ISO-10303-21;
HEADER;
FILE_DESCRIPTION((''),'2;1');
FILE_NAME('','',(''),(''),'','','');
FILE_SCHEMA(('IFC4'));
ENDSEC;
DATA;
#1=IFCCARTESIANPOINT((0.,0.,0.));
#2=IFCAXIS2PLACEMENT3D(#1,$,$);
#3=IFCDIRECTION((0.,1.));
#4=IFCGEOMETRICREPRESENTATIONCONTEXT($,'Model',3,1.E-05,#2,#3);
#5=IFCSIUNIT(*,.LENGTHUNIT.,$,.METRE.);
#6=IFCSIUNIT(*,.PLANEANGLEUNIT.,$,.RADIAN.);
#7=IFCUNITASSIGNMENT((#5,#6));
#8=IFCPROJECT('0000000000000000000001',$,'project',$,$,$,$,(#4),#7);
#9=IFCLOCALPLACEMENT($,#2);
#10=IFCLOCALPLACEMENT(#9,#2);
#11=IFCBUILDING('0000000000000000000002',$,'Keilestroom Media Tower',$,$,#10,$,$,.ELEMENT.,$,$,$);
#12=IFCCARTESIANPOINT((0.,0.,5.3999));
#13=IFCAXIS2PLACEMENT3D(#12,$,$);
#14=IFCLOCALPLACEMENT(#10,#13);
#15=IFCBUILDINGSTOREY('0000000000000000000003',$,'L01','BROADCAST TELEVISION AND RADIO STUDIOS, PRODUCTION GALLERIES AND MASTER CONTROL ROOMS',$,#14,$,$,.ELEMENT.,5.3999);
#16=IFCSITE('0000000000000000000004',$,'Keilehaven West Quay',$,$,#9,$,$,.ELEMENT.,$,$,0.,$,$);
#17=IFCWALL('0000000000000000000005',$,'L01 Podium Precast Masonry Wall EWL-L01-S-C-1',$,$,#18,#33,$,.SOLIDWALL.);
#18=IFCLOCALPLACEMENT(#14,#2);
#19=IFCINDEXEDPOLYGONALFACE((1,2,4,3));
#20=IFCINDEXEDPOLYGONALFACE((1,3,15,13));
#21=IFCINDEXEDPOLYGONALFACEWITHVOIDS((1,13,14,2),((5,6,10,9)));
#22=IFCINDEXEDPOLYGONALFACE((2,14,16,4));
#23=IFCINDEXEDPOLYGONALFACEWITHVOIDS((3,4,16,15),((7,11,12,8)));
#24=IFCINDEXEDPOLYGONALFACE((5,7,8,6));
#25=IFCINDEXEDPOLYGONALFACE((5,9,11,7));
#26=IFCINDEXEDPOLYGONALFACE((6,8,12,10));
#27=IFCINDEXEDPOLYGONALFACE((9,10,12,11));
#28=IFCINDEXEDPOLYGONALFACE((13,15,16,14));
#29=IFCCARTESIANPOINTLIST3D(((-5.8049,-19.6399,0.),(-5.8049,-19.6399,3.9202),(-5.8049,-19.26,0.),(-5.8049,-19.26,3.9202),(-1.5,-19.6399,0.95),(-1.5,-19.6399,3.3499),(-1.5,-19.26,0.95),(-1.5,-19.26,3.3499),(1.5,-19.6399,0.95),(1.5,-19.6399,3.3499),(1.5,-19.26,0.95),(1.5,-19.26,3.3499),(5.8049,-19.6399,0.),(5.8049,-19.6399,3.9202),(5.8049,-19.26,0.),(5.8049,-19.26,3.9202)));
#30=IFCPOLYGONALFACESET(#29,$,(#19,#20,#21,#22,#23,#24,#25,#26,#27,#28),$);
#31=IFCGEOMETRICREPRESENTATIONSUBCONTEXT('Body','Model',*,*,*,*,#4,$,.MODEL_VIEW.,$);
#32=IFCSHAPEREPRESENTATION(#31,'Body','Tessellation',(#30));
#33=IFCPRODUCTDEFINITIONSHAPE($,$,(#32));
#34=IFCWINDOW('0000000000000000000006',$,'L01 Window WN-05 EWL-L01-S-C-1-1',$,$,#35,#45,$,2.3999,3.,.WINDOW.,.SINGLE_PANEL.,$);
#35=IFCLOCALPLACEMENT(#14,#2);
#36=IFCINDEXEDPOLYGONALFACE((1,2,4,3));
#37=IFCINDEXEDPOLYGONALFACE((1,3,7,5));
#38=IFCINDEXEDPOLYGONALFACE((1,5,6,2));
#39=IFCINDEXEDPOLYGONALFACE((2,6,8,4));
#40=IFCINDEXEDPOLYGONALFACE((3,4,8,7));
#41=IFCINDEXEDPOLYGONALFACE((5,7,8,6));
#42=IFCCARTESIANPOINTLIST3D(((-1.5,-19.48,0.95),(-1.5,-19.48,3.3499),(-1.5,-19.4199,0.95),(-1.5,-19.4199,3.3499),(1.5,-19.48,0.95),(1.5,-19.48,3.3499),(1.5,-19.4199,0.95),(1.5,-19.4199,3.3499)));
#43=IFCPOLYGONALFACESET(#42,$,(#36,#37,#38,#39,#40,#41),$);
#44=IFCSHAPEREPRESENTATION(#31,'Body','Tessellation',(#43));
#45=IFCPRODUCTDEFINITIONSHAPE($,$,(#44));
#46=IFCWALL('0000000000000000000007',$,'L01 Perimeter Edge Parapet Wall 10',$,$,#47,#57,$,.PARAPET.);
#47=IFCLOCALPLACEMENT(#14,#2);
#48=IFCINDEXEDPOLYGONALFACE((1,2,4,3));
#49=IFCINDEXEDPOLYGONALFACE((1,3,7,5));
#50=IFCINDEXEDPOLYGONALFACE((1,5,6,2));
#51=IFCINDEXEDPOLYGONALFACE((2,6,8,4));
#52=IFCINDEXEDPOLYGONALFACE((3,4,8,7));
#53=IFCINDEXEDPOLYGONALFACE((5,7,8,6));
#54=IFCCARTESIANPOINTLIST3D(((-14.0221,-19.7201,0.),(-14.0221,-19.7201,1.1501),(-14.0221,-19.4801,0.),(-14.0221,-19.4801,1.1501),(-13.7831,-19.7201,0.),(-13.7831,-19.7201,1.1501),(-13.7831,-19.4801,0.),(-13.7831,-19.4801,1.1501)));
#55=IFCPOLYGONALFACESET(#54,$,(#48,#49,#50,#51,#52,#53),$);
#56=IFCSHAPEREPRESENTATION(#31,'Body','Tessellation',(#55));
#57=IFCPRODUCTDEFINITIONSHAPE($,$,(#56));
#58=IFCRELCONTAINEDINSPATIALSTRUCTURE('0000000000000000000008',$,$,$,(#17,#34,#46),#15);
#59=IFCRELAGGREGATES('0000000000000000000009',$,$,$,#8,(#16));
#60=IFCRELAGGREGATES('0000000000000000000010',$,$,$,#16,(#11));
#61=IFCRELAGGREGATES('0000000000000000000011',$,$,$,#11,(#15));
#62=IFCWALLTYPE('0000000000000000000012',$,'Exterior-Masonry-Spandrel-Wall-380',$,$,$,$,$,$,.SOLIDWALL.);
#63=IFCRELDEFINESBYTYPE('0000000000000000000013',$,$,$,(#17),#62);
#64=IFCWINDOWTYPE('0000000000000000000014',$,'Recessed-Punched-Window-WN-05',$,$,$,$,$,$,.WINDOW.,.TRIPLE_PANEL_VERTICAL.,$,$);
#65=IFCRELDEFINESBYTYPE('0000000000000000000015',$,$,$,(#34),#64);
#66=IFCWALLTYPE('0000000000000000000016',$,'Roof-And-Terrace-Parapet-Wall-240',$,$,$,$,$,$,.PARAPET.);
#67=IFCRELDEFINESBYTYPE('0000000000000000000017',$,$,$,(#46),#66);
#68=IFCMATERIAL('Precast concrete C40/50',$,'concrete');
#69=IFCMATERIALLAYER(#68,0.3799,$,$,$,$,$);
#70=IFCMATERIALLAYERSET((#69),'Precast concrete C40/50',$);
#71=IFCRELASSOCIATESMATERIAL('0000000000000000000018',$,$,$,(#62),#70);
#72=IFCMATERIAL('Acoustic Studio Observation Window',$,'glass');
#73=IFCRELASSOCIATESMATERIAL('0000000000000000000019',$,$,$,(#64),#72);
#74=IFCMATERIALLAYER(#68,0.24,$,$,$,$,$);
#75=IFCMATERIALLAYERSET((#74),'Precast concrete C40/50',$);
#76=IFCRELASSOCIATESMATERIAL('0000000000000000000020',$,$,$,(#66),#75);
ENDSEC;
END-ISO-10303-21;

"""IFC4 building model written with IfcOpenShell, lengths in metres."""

from ifc_helpers import new_model, si_unit, direction, frame, frame_2d, origin, place, context, subcontext, project, spatial, rectangle, extrude, source, transform, mapped, material, layer, layer_set, type_object, element, fill, save


model = new_model("IFC4")

# Units and contexts
model_context = context("Model", 3, precision=1e-05, world=origin(), true_north=direction((0.0, 1.0)))
body_context = subcontext(model_context, "Body", "Model", "MODEL_VIEW")
ifc_project = project(units=[si_unit("LENGTHUNIT", "METRE"), si_unit("PLANEANGLEUNIT", "RADIAN")], contexts=[model_context])

# Site, building, storey
site_placement = place(None, origin())
site = spatial("IfcSite", under=ifc_project, at=site_placement, Name="Keilehaven West Quay", CompositionType="ELEMENT", RefElevation=0.0)
building_placement = place(site_placement, origin())
building = spatial("IfcBuilding", under=site, at=building_placement, Name="Keilestroom Media Tower", CompositionType="ELEMENT")
storey_placement = place(building_placement, frame((0.0, 0.0, 5.3999)))
storey = spatial("IfcBuildingStorey", under=building, at=storey_placement, Name="L01", Description="BROADCAST TELEVISION AND RADIO STUDIOS, PRODUCTION GALLERIES AND MASTER CONTROL ROOMS", CompositionType="ELEMENT", Elevation=5.3999)

# Shared definitions
ifc_material_1 = material(Name="Precast concrete C40/50", Category="concrete")

# Wall, opening, window
ifc_layer_1 = layer(ifc_material_1, 0.3799)
ifc_layer_set_1 = layer_set([ifc_layer_1], Name="Precast concrete C40/50")
wall_type_1 = type_object("IfcWallType", Name="Exterior-Masonry-Spandrel-Wall-380", PredefinedType="SOLIDWALL", material=ifc_layer_set_1)
wall_1_placement = place(storey_placement, frame((-5.8049, -19.45, 0.0), z_axis=(0.0, 0.0, 1.0), x_axis=(1.0, 0.0, 0.0)))
wall_1 = element("IfcWall", 1, at=wall_1_placement, inside=storey, type_object=wall_type_1, Name="L01 Podium Precast Masonry Wall EWL-L01-S-C-1", PredefinedType="SOLIDWALL", context=body_context, shape_type="SweptSolid", body=[
    extrude(rectangle(XDim=11.6099, YDim=0.3799, at=frame_2d((5.8049, 0.0))), origin(), (0.0, 0.0, 1.0), 3.9202),
])
opening_placement = place(wall_1_placement, frame((4.3049, 0.0, 0.95)))
opening = element("IfcOpeningElement", 2, at=opening_placement, cuts=wall_1, PredefinedType="OPENING", context=body_context, shape_type="SweptSolid", body=[
    extrude(rectangle(XDim=3.0, YDim=2.3999, at=frame_2d((1.5, 1.2))), frame((0.0, 0.2, 0.0), z_axis=(0.0, -1.0, 0.0), x_axis=(1.0, 0.0, 0.0)), (0.0, 0.0, 1.0), 0.3999),
])
ifc_material_2 = material(Name="Acoustic Studio Observation Window", Category="glass")
window_type = type_object("IfcWindowType", Name="Recessed-Punched-Window-WN-05", PartitioningType="TRIPLE_PANEL_VERTICAL", PredefinedType="WINDOW", material=ifc_material_2)
shared_shape_1 = source(origin(), body_context, "Body", "SweptSolid", [
    extrude(rectangle(XDim=3.0, YDim=2.3999, at=frame_2d((1.5, 1.2))), frame((0.0, 0.03, 0.0), z_axis=(0.0, -1.0, 0.0), x_axis=(1.0, 0.0, 0.0)), (0.0, 0.0, 1.0), 0.0601),
])
window_placement = place(opening_placement, origin())
window = element("IfcWindow", 3, at=window_placement, inside=storey, type_object=window_type, Name="L01 Window WN-05 EWL-L01-S-C-1-1", OverallHeight=2.3999, OverallWidth=3.0, PartitioningType="SINGLE_PANEL", PredefinedType="WINDOW", context=body_context, shape_type="MappedRepresentation", body=[
    mapped(shared_shape_1, transform((0.0, 0.0, 0.0), x_axis=(1.0, 0.0, 0.0), y_axis=(0.0, 1.0, 0.0), z_axis=(0.0, 0.0, 1.0), scale=1.0)),
])
fill(opening, window)

# Wall
ifc_layer_2 = layer(ifc_material_1, 0.24)
ifc_layer_set_2 = layer_set([ifc_layer_2], Name="Precast concrete C40/50")
wall_type_2 = type_object("IfcWallType", Name="Roof-And-Terrace-Parapet-Wall-240", PredefinedType="PARAPET", material=ifc_layer_set_2)
wall_2_placement = place(storey_placement, frame((-13.783, -19.6001, 0.0), z_axis=(0.0, 0.0, 1.0), x_axis=(-1.0, 0.0, 0.0)))
element("IfcWall", 4, at=wall_2_placement, inside=storey, type_object=wall_type_2, Name="L01 Perimeter Edge Parapet Wall 10", PredefinedType="PARAPET", context=body_context, shape_type="SweptSolid", body=[
    extrude(rectangle(XDim=0.239, YDim=0.24, at=frame_2d((0.1196, 0.0))), origin(), (0.0, 0.0, 1.0), 1.1501),
])

save(model, "model.ifc")
